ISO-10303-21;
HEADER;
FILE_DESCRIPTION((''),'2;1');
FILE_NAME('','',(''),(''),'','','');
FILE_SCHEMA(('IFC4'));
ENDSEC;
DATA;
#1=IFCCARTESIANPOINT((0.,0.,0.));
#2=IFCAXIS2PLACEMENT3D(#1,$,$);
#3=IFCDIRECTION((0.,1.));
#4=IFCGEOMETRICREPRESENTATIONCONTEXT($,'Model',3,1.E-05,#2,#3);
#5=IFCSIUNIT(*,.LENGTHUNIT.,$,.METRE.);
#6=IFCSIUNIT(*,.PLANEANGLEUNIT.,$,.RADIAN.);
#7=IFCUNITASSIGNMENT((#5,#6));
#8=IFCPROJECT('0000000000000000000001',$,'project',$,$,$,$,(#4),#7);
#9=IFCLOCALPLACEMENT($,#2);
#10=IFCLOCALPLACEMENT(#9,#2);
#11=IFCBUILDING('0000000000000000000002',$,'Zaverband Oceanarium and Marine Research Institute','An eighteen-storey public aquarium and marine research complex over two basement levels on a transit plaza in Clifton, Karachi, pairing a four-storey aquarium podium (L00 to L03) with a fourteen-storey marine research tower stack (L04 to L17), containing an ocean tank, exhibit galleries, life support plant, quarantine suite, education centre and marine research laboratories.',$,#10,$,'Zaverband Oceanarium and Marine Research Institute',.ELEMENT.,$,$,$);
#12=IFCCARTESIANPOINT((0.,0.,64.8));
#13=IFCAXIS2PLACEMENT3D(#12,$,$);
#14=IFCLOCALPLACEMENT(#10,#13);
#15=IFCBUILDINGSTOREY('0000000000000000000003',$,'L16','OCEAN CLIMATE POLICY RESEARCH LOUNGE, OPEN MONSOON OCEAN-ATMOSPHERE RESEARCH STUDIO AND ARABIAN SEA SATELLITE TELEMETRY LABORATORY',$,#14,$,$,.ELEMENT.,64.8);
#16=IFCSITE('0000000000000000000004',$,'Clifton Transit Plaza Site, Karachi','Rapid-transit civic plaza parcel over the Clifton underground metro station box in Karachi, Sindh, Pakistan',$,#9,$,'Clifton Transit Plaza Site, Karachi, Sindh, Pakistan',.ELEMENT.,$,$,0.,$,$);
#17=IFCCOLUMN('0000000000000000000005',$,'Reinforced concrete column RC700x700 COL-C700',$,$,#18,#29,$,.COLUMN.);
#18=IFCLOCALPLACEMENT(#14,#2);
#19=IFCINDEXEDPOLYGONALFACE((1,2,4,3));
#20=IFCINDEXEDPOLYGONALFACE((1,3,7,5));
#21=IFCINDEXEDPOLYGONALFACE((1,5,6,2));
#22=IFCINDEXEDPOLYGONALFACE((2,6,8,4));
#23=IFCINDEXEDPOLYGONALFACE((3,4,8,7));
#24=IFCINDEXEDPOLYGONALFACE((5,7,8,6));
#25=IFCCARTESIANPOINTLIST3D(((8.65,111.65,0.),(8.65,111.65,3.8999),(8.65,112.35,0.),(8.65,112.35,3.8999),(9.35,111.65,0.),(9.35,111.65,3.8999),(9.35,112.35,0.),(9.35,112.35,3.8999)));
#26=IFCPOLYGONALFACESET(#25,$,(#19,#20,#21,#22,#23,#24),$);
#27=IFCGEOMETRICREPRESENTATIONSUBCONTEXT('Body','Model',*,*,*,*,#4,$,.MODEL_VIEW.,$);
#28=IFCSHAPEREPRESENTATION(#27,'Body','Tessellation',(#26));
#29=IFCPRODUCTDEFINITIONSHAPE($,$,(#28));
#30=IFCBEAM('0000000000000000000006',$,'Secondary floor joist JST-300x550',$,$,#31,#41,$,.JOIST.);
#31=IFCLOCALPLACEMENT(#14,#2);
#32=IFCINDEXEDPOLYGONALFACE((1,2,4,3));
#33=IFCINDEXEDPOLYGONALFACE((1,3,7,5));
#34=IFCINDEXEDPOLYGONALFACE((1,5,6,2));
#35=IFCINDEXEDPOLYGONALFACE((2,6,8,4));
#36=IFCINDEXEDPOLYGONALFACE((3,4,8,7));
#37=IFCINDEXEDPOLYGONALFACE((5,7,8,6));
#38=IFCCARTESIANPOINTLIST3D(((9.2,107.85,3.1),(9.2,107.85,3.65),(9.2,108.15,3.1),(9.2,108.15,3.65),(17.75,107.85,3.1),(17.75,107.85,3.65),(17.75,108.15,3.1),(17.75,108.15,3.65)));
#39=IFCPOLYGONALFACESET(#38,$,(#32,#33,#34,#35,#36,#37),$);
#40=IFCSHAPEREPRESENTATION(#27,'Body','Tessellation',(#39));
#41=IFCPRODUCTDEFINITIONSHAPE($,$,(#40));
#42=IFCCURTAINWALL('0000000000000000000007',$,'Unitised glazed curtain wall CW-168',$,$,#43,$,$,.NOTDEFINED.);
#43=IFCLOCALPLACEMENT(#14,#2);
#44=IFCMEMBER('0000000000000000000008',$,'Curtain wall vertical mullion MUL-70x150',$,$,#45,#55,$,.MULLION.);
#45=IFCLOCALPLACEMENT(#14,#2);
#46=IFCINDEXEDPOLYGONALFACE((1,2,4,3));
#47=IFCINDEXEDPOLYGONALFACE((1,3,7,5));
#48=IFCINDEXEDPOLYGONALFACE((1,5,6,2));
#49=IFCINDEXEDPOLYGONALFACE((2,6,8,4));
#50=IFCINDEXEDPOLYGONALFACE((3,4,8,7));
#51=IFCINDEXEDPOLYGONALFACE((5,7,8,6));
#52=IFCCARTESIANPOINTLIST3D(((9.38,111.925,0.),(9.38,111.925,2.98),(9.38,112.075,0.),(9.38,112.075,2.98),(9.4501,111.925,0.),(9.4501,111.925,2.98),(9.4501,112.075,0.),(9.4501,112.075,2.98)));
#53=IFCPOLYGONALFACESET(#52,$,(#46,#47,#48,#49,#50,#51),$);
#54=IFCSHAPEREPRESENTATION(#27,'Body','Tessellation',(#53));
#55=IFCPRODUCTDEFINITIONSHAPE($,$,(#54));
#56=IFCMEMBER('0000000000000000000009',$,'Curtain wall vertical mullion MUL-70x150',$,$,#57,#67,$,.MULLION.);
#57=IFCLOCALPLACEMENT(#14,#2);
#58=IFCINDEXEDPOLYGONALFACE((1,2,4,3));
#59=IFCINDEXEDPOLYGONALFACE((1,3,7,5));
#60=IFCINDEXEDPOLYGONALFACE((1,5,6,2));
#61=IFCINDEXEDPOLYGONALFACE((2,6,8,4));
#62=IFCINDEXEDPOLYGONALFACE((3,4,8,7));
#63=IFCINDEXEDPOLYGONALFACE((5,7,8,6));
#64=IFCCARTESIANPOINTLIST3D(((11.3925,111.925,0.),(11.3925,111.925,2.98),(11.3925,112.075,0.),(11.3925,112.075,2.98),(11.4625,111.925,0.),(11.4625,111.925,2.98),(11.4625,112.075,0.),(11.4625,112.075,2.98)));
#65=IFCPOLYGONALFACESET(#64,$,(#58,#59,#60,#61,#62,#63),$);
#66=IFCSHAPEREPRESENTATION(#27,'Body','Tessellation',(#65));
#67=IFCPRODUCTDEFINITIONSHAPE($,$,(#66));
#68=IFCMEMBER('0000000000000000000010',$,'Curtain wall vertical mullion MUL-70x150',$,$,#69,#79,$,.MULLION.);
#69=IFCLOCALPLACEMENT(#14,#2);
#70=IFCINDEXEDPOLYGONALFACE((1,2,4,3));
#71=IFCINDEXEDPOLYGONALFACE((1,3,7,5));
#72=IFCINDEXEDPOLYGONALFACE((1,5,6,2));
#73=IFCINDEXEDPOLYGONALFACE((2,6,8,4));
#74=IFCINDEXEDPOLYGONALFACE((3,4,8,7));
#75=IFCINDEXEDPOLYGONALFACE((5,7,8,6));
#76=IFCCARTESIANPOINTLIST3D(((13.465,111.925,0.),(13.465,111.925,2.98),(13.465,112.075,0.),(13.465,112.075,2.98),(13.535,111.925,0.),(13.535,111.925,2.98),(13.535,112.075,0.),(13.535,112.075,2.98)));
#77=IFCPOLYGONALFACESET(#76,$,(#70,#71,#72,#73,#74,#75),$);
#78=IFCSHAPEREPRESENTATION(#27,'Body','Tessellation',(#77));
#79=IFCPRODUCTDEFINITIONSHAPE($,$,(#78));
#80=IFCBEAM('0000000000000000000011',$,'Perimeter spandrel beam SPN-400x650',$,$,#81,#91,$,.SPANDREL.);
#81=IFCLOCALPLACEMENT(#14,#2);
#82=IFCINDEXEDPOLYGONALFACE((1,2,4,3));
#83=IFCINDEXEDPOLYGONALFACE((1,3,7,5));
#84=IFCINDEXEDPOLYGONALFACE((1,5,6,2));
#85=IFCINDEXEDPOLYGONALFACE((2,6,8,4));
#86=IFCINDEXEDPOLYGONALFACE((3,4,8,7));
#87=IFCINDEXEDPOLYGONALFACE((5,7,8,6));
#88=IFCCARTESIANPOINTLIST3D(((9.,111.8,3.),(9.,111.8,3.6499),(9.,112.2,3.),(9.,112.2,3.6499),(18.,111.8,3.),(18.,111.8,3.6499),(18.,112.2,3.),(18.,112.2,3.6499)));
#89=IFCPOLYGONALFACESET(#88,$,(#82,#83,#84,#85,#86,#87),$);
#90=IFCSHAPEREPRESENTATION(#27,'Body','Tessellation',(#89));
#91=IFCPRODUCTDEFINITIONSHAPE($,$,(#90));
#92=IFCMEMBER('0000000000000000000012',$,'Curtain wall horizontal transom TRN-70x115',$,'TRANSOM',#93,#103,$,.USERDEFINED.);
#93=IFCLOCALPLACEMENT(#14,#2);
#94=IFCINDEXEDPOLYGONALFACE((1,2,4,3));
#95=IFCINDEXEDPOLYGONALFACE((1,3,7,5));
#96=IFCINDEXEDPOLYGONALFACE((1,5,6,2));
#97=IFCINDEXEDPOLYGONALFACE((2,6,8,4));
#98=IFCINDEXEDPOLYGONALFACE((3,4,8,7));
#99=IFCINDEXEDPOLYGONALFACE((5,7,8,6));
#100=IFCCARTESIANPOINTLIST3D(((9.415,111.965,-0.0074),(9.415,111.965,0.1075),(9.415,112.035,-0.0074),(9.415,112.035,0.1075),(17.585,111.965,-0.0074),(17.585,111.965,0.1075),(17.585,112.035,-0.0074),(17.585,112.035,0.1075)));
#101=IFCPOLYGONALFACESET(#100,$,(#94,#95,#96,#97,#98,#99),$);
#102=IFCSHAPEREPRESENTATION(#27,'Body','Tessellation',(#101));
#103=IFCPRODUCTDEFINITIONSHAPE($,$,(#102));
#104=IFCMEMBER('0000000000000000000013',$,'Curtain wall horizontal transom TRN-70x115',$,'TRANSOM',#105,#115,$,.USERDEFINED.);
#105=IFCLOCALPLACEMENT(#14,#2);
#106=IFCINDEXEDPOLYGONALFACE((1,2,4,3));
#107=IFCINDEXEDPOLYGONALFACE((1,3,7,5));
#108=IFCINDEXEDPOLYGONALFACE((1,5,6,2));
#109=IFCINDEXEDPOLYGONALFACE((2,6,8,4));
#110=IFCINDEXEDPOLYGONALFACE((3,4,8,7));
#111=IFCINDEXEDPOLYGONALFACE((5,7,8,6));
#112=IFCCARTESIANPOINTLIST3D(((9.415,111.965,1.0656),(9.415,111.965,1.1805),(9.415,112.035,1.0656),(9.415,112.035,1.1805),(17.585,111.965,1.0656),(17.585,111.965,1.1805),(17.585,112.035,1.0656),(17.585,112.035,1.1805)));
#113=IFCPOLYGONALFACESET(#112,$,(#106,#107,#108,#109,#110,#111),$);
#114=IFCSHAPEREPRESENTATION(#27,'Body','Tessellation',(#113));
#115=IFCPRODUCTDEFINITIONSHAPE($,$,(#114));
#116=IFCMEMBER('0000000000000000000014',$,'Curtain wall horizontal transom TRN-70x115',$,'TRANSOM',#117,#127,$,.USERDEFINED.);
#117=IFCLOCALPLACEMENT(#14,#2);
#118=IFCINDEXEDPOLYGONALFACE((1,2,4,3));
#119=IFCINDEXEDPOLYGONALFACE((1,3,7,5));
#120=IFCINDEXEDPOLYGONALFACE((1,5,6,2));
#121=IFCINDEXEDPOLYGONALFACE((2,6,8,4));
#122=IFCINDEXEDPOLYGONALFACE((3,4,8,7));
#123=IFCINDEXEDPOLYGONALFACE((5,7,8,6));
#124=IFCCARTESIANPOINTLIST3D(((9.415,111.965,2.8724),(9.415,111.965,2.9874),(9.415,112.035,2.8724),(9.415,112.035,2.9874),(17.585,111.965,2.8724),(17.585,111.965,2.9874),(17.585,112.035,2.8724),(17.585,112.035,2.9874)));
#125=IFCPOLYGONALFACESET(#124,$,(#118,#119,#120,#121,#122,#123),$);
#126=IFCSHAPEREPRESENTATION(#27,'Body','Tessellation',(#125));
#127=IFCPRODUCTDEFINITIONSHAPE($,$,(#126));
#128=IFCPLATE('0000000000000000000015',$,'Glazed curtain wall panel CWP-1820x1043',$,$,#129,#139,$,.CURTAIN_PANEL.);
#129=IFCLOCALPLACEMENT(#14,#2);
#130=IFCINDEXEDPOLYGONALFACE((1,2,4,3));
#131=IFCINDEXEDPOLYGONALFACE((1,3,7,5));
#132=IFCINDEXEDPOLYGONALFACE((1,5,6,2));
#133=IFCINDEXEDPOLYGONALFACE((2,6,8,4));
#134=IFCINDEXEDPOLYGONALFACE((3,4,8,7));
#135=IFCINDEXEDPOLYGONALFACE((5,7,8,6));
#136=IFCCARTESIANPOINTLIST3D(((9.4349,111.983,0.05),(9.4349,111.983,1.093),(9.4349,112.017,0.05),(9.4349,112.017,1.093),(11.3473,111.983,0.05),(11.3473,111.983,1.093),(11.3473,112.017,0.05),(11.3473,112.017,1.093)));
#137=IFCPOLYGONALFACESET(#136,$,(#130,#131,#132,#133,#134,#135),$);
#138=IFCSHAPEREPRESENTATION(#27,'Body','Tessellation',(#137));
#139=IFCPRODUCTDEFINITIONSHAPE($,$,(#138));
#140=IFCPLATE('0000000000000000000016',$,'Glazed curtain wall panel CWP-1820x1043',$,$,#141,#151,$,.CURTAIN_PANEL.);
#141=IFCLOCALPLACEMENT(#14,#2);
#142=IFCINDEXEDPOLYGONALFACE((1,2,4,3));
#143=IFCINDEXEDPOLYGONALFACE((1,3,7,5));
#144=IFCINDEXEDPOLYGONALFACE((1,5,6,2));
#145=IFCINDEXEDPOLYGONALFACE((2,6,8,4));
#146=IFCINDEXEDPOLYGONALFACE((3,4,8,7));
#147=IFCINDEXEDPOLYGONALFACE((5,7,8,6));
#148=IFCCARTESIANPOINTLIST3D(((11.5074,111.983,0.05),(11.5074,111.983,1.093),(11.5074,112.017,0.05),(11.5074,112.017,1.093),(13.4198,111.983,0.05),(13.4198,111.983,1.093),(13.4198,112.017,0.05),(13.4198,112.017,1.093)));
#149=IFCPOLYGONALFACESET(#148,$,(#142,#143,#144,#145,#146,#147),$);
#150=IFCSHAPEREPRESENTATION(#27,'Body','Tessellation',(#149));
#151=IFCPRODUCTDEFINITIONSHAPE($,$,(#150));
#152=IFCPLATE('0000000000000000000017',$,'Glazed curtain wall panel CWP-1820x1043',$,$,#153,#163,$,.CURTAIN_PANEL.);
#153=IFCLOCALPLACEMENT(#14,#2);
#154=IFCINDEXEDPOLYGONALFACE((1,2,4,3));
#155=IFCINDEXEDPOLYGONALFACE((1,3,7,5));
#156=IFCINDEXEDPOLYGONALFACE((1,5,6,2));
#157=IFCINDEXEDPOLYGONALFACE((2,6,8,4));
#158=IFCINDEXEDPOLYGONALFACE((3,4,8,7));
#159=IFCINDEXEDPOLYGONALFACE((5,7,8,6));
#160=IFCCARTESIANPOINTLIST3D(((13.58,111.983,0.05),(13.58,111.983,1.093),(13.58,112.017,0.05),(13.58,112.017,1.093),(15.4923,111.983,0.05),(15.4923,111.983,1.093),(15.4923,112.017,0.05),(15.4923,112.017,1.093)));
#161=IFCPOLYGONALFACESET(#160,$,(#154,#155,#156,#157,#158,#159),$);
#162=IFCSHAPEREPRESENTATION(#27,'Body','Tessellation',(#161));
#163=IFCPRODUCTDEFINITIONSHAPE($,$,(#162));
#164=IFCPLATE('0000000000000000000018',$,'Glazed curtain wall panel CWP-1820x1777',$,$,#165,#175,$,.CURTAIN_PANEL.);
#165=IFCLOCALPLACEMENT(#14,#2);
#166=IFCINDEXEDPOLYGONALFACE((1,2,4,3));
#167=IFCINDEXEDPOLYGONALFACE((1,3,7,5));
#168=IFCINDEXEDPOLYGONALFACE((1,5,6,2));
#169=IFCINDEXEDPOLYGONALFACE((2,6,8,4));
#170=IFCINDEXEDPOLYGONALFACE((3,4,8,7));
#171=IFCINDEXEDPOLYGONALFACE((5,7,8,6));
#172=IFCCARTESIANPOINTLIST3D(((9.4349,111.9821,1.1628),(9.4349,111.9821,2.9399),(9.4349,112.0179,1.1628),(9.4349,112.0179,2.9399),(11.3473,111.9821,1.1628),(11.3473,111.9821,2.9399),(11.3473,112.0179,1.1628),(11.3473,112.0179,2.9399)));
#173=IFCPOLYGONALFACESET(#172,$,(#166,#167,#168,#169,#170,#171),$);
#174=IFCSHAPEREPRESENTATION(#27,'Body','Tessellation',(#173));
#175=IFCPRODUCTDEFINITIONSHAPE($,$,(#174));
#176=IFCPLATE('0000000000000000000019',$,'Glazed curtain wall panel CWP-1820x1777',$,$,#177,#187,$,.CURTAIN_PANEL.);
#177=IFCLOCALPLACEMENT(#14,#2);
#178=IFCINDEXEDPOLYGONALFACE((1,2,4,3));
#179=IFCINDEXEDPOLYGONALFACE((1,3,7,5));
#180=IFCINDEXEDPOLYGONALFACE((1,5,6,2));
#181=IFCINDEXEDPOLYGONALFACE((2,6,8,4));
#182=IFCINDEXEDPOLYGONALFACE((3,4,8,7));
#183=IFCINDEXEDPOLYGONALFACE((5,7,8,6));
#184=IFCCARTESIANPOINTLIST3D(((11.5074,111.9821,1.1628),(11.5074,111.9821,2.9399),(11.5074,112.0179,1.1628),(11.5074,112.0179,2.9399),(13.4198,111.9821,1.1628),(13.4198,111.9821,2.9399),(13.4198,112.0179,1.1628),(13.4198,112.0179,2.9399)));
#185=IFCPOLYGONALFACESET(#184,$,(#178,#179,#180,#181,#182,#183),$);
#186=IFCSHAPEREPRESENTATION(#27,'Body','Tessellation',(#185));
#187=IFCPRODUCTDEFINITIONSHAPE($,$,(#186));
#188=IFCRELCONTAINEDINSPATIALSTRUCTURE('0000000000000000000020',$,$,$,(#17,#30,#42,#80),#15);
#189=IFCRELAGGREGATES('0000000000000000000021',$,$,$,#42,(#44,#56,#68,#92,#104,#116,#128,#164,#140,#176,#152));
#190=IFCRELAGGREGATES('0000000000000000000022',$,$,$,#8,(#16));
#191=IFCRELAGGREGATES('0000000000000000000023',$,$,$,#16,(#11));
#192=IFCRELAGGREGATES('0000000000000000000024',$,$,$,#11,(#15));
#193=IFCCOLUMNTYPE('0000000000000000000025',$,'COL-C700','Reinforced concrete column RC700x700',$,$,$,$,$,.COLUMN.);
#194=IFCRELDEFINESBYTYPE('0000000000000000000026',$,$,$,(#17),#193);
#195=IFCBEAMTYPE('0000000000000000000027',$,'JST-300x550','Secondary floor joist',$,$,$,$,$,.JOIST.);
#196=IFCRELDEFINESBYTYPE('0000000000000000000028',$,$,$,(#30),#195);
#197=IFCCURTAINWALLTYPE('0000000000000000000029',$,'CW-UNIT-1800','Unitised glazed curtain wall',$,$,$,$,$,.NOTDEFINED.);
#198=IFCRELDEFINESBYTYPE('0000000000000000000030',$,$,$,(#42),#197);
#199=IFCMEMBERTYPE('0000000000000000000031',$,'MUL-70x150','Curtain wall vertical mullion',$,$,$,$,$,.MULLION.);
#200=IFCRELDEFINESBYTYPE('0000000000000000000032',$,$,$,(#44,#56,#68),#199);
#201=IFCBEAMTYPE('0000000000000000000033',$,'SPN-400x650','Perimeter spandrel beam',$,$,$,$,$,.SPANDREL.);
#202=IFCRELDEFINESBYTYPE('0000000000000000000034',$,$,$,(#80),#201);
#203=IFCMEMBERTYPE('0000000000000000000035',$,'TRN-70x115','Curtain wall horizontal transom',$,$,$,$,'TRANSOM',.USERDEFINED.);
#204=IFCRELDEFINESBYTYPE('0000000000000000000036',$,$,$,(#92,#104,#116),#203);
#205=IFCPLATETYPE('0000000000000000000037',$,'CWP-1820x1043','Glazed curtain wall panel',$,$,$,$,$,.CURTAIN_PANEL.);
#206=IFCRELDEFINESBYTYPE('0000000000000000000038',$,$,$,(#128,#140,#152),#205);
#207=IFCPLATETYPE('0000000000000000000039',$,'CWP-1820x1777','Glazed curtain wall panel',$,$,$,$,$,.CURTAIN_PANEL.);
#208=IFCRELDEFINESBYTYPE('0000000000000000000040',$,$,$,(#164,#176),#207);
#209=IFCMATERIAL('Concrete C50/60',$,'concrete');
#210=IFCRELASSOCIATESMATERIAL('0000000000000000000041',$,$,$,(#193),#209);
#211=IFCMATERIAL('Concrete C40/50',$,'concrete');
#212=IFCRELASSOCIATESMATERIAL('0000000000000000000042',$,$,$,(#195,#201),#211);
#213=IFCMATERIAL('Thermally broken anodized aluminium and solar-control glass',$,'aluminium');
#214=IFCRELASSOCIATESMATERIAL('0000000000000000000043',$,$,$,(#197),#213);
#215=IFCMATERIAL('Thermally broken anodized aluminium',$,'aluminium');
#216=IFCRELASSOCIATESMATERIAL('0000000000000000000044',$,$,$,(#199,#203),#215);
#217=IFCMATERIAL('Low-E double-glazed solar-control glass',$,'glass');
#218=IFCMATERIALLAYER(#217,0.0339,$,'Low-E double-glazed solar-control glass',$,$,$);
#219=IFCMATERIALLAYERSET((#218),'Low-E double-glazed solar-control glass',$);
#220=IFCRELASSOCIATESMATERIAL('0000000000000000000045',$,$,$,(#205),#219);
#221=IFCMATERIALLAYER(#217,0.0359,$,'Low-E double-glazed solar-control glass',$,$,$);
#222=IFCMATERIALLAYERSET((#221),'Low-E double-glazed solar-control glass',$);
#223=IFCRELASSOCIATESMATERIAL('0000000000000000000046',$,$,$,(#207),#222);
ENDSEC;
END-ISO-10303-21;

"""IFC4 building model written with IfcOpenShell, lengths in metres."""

from ifc_helpers import new_model, si_unit, direction, frame, frame_2d, origin, origin_2d, place, context, subcontext, project, spatial, rectangle, extrude, material, layer, layer_set, material_profile, profile_set, type_object, element, aggregate, save


model = new_model("IFC4")

# Units and contexts
model_context = context("Model", 3, precision=1e-05, world=origin(), true_north=direction((0.0, 1.0)))
body_context = subcontext(model_context, "Body", "Model", "MODEL_VIEW")
ifc_project = project(units=[si_unit("LENGTHUNIT", "METRE"), si_unit("PLANEANGLEUNIT", "RADIAN")], contexts=[model_context])

# Site, building, storey
site_placement = place(None, origin())
site = spatial("IfcSite", under=ifc_project, at=site_placement, Name="Clifton Transit Plaza Site, Karachi", Description="Rapid-transit civic plaza parcel over the Clifton underground metro station box in Karachi, Sindh, Pakistan", LongName="Clifton Transit Plaza Site, Karachi, Sindh, Pakistan", CompositionType="ELEMENT", RefElevation=0.0)
building_placement = place(site_placement, origin())
building = spatial("IfcBuilding", under=site, at=building_placement, Name="Zaverband Oceanarium and Marine Research Institute", Description="An eighteen-storey public aquarium and marine research complex over two basement levels on a transit plaza in Clifton, Karachi, pairing a four-storey aquarium podium (L00 to L03) with a fourteen-storey marine research tower stack (L04 to L17), containing an ocean tank, exhibit galleries, life support plant, quarantine suite, education centre and marine research laboratories.", LongName="Zaverband Oceanarium and Marine Research Institute", CompositionType="ELEMENT")
storey_placement = place(building_placement, frame((0.0, 0.0, 64.8)))
storey = spatial("IfcBuildingStorey", under=building, at=storey_placement, Name="L16", Description="OCEAN CLIMATE POLICY RESEARCH LOUNGE, OPEN MONSOON OCEAN-ATMOSPHERE RESEARCH STUDIO AND ARABIAN SEA SATELLITE TELEMETRY LABORATORY", CompositionType="ELEMENT", Elevation=64.8)

# Column
ifc_material_1 = material(Name="Concrete C50/60", Category="concrete")
ifc_material_profile_1 = material_profile(ifc_material_1, rectangle(XDim=0.7, YDim=0.7, at=origin_2d()), Name="RC700x700")
ifc_profile_set_1 = profile_set([ifc_material_profile_1], Name="Concrete C50/60")
column_type = type_object("IfcColumnType", Name="COL-C700", Description="Reinforced concrete column RC700x700", PredefinedType="COLUMN", material=ifc_profile_set_1)
column_placement = place(storey_placement, frame((9.0, 112.0, 0.0), z_axis=(0.0, 0.0, 1.0), x_axis=(1.0, 0.0, 0.0)))
element("IfcColumn", 1, at=column_placement, inside=storey, type_object=column_type, Name="Reinforced concrete column RC700x700 COL-C700", PredefinedType="COLUMN", context=body_context, shape_type="SweptSolid", body=[
    extrude(rectangle(XDim=0.7, YDim=0.7, at=origin_2d()), origin(), (0.0, 0.0, 1.0), 3.8999),
])

# Beam
ifc_material_2 = material(Name="Concrete C40/50", Category="concrete")
ifc_material_profile_2 = material_profile(ifc_material_2, rectangle(XDim=0.3, YDim=0.55, at=origin_2d()), Name="RC300x550")
ifc_profile_set_2 = profile_set([ifc_material_profile_2], Name="Concrete C40/50")
beam_type_1 = type_object("IfcBeamType", Name="JST-300x550", Description="Secondary floor joist", PredefinedType="JOIST", material=ifc_profile_set_2)
beam_1_placement = place(storey_placement, frame((9.2, 108.0, 3.375), z_axis=(1.0, 0.0, 0.0), x_axis=(0.0, 1.0, 0.0)))
element("IfcBeam", 2, at=beam_1_placement, inside=storey, type_object=beam_type_1, Name="Secondary floor joist JST-300x550", PredefinedType="JOIST", context=body_context, shape_type="SweptSolid", body=[
    extrude(rectangle(XDim=0.3, YDim=0.55, at=origin_2d()), origin(), (0.0, 0.0, 1.0), 8.55),
])

# Curtain wall, members
ifc_material_3 = material(Name="Thermally broken anodized aluminium and solar-control glass", Category="aluminium")
curtain_wall_type = type_object("IfcCurtainWallType", Name="CW-UNIT-1800", Description="Unitised glazed curtain wall", PredefinedType="NOTDEFINED", material=ifc_material_3)
curtain_wall_placement = place(storey_placement, origin())
curtain_wall = element("IfcCurtainWall", 3, at=curtain_wall_placement, inside=storey, type_object=curtain_wall_type, Name="Unitised glazed curtain wall CW-168", PredefinedType="NOTDEFINED")
ifc_material_4 = material(Name="Thermally broken anodized aluminium", Category="aluminium")
ifc_material_profile_3 = material_profile(ifc_material_4, rectangle(XDim=0.0701, YDim=0.1499, at=origin_2d()), Name="AL-MUL-70x150")
ifc_profile_set_3 = profile_set([ifc_material_profile_3], Name="Thermally broken anodized aluminium")
member_type_1 = type_object("IfcMemberType", Name="MUL-70x150", Description="Curtain wall vertical mullion", PredefinedType="MULLION", material=ifc_profile_set_3)
member_1_placement = place(storey_placement, frame((9.415, 112.0, 0.0), z_axis=(0.0, 0.0, 1.0), x_axis=(1.0, 0.0, 0.0)))
member_1 = element("IfcMember", 4, at=member_1_placement, type_object=member_type_1, Name="Curtain wall vertical mullion MUL-70x150", PredefinedType="MULLION", context=body_context, shape_type="SweptSolid", body=[
    extrude(rectangle(XDim=0.0701, YDim=0.1499, at=origin_2d()), origin(), (0.0, 0.0, 1.0), 2.98),
])
member_2_placement = place(storey_placement, frame((11.4275, 112.0, 0.0), z_axis=(0.0, 0.0, 1.0), x_axis=(1.0, 0.0, 0.0)))
member_2 = element("IfcMember", 5, at=member_2_placement, type_object=member_type_1, Name="Curtain wall vertical mullion MUL-70x150", PredefinedType="MULLION", context=body_context, shape_type="SweptSolid", body=[
    extrude(rectangle(XDim=0.0701, YDim=0.1499, at=origin_2d()), origin(), (0.0, 0.0, 1.0), 2.98),
])
member_3_placement = place(storey_placement, frame((13.5, 112.0, 0.0), z_axis=(0.0, 0.0, 1.0), x_axis=(1.0, 0.0, 0.0)))
member_3 = element("IfcMember", 6, at=member_3_placement, type_object=member_type_1, Name="Curtain wall vertical mullion MUL-70x150", PredefinedType="MULLION", context=body_context, shape_type="SweptSolid", body=[
    extrude(rectangle(XDim=0.0701, YDim=0.1499, at=origin_2d()), origin(), (0.0, 0.0, 1.0), 2.98),
])

# Beam
ifc_material_profile_4 = material_profile(ifc_material_2, rectangle(XDim=0.3999, YDim=0.6499, at=origin_2d()), Name="RC400x650")
ifc_profile_set_4 = profile_set([ifc_material_profile_4], Name="Concrete C40/50")
beam_type_2 = type_object("IfcBeamType", Name="SPN-400x650", Description="Perimeter spandrel beam", PredefinedType="SPANDREL", material=ifc_profile_set_4)
beam_2_placement = place(storey_placement, frame((9.0, 112.0, 3.325), z_axis=(1.0, 0.0, 0.0), x_axis=(0.0, 1.0, 0.0)))
element("IfcBeam", 7, at=beam_2_placement, inside=storey, type_object=beam_type_2, Name="Perimeter spandrel beam SPN-400x650", PredefinedType="SPANDREL", context=body_context, shape_type="SweptSolid", body=[
    extrude(rectangle(XDim=0.3999, YDim=0.6499, at=origin_2d()), origin(), (0.0, 0.0, 1.0), 9.0),
])

# Members
ifc_material_profile_5 = material_profile(ifc_material_4, rectangle(XDim=0.0701, YDim=0.115, at=origin_2d()), Name="AL-TRN-70x115")
ifc_profile_set_5 = profile_set([ifc_material_profile_5], Name="Thermally broken anodized aluminium")
member_type_2 = type_object("IfcMemberType", Name="TRN-70x115", Description="Curtain wall horizontal transom", ElementType="TRANSOM", PredefinedType="USERDEFINED", material=ifc_profile_set_5)
member_4_placement = place(storey_placement, frame((9.415, 112.0, 0.05), z_axis=(1.0, 0.0, 0.0), x_axis=(0.0, 1.0, 0.0)))
member_4 = element("IfcMember", 8, at=member_4_placement, type_object=member_type_2, Name="Curtain wall horizontal transom TRN-70x115", ObjectType="TRANSOM", PredefinedType="USERDEFINED", context=body_context, shape_type="SweptSolid", body=[
    extrude(rectangle(XDim=0.0701, YDim=0.115, at=origin_2d()), origin(), (0.0, 0.0, 1.0), 8.1699),
])
member_5_placement = place(storey_placement, frame((9.415, 112.0, 1.123), z_axis=(1.0, 0.0, 0.0), x_axis=(0.0, 1.0, 0.0)))
member_5 = element("IfcMember", 9, at=member_5_placement, type_object=member_type_2, Name="Curtain wall horizontal transom TRN-70x115", ObjectType="TRANSOM", PredefinedType="USERDEFINED", context=body_context, shape_type="SweptSolid", body=[
    extrude(rectangle(XDim=0.0701, YDim=0.115, at=origin_2d()), origin(), (0.0, 0.0, 1.0), 8.1699),
])
member_6_placement = place(storey_placement, frame((9.415, 112.0, 2.9299), z_axis=(1.0, 0.0, 0.0), x_axis=(0.0, 1.0, 0.0)))
member_6 = element("IfcMember", 10, at=member_6_placement, type_object=member_type_2, Name="Curtain wall horizontal transom TRN-70x115", ObjectType="TRANSOM", PredefinedType="USERDEFINED", context=body_context, shape_type="SweptSolid", body=[
    extrude(rectangle(XDim=0.0701, YDim=0.115, at=origin_2d()), origin(), (0.0, 0.0, 1.0), 8.1699),
])

# Plates
ifc_material_5 = material(Name="Low-E double-glazed solar-control glass", Category="glass")
ifc_layer_1 = layer(ifc_material_5, 0.0339, Name="Low-E double-glazed solar-control glass")
ifc_layer_set_1 = layer_set([ifc_layer_1], Name="Low-E double-glazed solar-control glass")
plate_type_1 = type_object("IfcPlateType", Name="CWP-1820x1043", Description="Glazed curtain wall panel", PredefinedType="CURTAIN_PANEL", material=ifc_layer_set_1)
plate_1_placement = place(storey_placement, frame((9.4351, 112.0, 0.05), z_axis=(0.0, 0.0, 1.0), x_axis=(1.0, 0.0, 0.0)))
plate_1 = element("IfcPlate", 11, at=plate_1_placement, type_object=plate_type_1, Name="Glazed curtain wall panel CWP-1820x1043", PredefinedType="CURTAIN_PANEL", context=body_context, shape_type="SweptSolid", body=[
    extrude(rectangle(XDim=1.9124, YDim=0.0339, at=frame_2d((0.9561, 0.0))), origin(), (0.0, 0.0, 1.0), 1.043),
])
plate_2_placement = place(storey_placement, frame((11.5076, 112.0, 0.05), z_axis=(0.0, 0.0, 1.0), x_axis=(1.0, 0.0, 0.0)))
plate_2 = element("IfcPlate", 12, at=plate_2_placement, type_object=plate_type_1, Name="Glazed curtain wall panel CWP-1820x1043", PredefinedType="CURTAIN_PANEL", context=body_context, shape_type="SweptSolid", body=[
    extrude(rectangle(XDim=1.9124, YDim=0.0339, at=frame_2d((0.9561, 0.0))), origin(), (0.0, 0.0, 1.0), 1.043),
])
plate_3_placement = place(storey_placement, frame((13.5801, 112.0, 0.05), z_axis=(0.0, 0.0, 1.0), x_axis=(1.0, 0.0, 0.0)))
plate_3 = element("IfcPlate", 13, at=plate_3_placement, type_object=plate_type_1, Name="Glazed curtain wall panel CWP-1820x1043", PredefinedType="CURTAIN_PANEL", context=body_context, shape_type="SweptSolid", body=[
    extrude(rectangle(XDim=1.9124, YDim=0.0339, at=frame_2d((0.9561, 0.0))), origin(), (0.0, 0.0, 1.0), 1.043),
])
ifc_layer_2 = layer(ifc_material_5, 0.0359, Name="Low-E double-glazed solar-control glass")
ifc_layer_set_2 = layer_set([ifc_layer_2], Name="Low-E double-glazed solar-control glass")
plate_type_2 = type_object("IfcPlateType", Name="CWP-1820x1777", Description="Glazed curtain wall panel", PredefinedType="CURTAIN_PANEL", material=ifc_layer_set_2)
plate_4_placement = place(storey_placement, frame((9.4351, 112.0, 1.1628), z_axis=(0.0, 0.0, 1.0), x_axis=(1.0, 0.0, 0.0)))
plate_4 = element("IfcPlate", 14, at=plate_4_placement, type_object=plate_type_2, Name="Glazed curtain wall panel CWP-1820x1777", PredefinedType="CURTAIN_PANEL", context=body_context, shape_type="SweptSolid", body=[
    extrude(rectangle(XDim=1.9124, YDim=0.0359, at=frame_2d((0.9561, 0.0))), origin(), (0.0, 0.0, 1.0), 1.7771),
])
plate_5_placement = place(storey_placement, frame((11.5076, 112.0, 1.1628), z_axis=(0.0, 0.0, 1.0), x_axis=(1.0, 0.0, 0.0)))
plate_5 = element("IfcPlate", 15, at=plate_5_placement, type_object=plate_type_2, Name="Glazed curtain wall panel CWP-1820x1777", PredefinedType="CURTAIN_PANEL", context=body_context, shape_type="SweptSolid", body=[
    extrude(rectangle(XDim=1.9124, YDim=0.0359, at=frame_2d((0.9561, 0.0))), origin(), (0.0, 0.0, 1.0), 1.7771),
])
aggregate(curtain_wall, [member_1, member_2, member_3, member_4, member_5, member_6, plate_1, plate_4, plate_2, plate_5, plate_3])

save(model, "model.ifc")
